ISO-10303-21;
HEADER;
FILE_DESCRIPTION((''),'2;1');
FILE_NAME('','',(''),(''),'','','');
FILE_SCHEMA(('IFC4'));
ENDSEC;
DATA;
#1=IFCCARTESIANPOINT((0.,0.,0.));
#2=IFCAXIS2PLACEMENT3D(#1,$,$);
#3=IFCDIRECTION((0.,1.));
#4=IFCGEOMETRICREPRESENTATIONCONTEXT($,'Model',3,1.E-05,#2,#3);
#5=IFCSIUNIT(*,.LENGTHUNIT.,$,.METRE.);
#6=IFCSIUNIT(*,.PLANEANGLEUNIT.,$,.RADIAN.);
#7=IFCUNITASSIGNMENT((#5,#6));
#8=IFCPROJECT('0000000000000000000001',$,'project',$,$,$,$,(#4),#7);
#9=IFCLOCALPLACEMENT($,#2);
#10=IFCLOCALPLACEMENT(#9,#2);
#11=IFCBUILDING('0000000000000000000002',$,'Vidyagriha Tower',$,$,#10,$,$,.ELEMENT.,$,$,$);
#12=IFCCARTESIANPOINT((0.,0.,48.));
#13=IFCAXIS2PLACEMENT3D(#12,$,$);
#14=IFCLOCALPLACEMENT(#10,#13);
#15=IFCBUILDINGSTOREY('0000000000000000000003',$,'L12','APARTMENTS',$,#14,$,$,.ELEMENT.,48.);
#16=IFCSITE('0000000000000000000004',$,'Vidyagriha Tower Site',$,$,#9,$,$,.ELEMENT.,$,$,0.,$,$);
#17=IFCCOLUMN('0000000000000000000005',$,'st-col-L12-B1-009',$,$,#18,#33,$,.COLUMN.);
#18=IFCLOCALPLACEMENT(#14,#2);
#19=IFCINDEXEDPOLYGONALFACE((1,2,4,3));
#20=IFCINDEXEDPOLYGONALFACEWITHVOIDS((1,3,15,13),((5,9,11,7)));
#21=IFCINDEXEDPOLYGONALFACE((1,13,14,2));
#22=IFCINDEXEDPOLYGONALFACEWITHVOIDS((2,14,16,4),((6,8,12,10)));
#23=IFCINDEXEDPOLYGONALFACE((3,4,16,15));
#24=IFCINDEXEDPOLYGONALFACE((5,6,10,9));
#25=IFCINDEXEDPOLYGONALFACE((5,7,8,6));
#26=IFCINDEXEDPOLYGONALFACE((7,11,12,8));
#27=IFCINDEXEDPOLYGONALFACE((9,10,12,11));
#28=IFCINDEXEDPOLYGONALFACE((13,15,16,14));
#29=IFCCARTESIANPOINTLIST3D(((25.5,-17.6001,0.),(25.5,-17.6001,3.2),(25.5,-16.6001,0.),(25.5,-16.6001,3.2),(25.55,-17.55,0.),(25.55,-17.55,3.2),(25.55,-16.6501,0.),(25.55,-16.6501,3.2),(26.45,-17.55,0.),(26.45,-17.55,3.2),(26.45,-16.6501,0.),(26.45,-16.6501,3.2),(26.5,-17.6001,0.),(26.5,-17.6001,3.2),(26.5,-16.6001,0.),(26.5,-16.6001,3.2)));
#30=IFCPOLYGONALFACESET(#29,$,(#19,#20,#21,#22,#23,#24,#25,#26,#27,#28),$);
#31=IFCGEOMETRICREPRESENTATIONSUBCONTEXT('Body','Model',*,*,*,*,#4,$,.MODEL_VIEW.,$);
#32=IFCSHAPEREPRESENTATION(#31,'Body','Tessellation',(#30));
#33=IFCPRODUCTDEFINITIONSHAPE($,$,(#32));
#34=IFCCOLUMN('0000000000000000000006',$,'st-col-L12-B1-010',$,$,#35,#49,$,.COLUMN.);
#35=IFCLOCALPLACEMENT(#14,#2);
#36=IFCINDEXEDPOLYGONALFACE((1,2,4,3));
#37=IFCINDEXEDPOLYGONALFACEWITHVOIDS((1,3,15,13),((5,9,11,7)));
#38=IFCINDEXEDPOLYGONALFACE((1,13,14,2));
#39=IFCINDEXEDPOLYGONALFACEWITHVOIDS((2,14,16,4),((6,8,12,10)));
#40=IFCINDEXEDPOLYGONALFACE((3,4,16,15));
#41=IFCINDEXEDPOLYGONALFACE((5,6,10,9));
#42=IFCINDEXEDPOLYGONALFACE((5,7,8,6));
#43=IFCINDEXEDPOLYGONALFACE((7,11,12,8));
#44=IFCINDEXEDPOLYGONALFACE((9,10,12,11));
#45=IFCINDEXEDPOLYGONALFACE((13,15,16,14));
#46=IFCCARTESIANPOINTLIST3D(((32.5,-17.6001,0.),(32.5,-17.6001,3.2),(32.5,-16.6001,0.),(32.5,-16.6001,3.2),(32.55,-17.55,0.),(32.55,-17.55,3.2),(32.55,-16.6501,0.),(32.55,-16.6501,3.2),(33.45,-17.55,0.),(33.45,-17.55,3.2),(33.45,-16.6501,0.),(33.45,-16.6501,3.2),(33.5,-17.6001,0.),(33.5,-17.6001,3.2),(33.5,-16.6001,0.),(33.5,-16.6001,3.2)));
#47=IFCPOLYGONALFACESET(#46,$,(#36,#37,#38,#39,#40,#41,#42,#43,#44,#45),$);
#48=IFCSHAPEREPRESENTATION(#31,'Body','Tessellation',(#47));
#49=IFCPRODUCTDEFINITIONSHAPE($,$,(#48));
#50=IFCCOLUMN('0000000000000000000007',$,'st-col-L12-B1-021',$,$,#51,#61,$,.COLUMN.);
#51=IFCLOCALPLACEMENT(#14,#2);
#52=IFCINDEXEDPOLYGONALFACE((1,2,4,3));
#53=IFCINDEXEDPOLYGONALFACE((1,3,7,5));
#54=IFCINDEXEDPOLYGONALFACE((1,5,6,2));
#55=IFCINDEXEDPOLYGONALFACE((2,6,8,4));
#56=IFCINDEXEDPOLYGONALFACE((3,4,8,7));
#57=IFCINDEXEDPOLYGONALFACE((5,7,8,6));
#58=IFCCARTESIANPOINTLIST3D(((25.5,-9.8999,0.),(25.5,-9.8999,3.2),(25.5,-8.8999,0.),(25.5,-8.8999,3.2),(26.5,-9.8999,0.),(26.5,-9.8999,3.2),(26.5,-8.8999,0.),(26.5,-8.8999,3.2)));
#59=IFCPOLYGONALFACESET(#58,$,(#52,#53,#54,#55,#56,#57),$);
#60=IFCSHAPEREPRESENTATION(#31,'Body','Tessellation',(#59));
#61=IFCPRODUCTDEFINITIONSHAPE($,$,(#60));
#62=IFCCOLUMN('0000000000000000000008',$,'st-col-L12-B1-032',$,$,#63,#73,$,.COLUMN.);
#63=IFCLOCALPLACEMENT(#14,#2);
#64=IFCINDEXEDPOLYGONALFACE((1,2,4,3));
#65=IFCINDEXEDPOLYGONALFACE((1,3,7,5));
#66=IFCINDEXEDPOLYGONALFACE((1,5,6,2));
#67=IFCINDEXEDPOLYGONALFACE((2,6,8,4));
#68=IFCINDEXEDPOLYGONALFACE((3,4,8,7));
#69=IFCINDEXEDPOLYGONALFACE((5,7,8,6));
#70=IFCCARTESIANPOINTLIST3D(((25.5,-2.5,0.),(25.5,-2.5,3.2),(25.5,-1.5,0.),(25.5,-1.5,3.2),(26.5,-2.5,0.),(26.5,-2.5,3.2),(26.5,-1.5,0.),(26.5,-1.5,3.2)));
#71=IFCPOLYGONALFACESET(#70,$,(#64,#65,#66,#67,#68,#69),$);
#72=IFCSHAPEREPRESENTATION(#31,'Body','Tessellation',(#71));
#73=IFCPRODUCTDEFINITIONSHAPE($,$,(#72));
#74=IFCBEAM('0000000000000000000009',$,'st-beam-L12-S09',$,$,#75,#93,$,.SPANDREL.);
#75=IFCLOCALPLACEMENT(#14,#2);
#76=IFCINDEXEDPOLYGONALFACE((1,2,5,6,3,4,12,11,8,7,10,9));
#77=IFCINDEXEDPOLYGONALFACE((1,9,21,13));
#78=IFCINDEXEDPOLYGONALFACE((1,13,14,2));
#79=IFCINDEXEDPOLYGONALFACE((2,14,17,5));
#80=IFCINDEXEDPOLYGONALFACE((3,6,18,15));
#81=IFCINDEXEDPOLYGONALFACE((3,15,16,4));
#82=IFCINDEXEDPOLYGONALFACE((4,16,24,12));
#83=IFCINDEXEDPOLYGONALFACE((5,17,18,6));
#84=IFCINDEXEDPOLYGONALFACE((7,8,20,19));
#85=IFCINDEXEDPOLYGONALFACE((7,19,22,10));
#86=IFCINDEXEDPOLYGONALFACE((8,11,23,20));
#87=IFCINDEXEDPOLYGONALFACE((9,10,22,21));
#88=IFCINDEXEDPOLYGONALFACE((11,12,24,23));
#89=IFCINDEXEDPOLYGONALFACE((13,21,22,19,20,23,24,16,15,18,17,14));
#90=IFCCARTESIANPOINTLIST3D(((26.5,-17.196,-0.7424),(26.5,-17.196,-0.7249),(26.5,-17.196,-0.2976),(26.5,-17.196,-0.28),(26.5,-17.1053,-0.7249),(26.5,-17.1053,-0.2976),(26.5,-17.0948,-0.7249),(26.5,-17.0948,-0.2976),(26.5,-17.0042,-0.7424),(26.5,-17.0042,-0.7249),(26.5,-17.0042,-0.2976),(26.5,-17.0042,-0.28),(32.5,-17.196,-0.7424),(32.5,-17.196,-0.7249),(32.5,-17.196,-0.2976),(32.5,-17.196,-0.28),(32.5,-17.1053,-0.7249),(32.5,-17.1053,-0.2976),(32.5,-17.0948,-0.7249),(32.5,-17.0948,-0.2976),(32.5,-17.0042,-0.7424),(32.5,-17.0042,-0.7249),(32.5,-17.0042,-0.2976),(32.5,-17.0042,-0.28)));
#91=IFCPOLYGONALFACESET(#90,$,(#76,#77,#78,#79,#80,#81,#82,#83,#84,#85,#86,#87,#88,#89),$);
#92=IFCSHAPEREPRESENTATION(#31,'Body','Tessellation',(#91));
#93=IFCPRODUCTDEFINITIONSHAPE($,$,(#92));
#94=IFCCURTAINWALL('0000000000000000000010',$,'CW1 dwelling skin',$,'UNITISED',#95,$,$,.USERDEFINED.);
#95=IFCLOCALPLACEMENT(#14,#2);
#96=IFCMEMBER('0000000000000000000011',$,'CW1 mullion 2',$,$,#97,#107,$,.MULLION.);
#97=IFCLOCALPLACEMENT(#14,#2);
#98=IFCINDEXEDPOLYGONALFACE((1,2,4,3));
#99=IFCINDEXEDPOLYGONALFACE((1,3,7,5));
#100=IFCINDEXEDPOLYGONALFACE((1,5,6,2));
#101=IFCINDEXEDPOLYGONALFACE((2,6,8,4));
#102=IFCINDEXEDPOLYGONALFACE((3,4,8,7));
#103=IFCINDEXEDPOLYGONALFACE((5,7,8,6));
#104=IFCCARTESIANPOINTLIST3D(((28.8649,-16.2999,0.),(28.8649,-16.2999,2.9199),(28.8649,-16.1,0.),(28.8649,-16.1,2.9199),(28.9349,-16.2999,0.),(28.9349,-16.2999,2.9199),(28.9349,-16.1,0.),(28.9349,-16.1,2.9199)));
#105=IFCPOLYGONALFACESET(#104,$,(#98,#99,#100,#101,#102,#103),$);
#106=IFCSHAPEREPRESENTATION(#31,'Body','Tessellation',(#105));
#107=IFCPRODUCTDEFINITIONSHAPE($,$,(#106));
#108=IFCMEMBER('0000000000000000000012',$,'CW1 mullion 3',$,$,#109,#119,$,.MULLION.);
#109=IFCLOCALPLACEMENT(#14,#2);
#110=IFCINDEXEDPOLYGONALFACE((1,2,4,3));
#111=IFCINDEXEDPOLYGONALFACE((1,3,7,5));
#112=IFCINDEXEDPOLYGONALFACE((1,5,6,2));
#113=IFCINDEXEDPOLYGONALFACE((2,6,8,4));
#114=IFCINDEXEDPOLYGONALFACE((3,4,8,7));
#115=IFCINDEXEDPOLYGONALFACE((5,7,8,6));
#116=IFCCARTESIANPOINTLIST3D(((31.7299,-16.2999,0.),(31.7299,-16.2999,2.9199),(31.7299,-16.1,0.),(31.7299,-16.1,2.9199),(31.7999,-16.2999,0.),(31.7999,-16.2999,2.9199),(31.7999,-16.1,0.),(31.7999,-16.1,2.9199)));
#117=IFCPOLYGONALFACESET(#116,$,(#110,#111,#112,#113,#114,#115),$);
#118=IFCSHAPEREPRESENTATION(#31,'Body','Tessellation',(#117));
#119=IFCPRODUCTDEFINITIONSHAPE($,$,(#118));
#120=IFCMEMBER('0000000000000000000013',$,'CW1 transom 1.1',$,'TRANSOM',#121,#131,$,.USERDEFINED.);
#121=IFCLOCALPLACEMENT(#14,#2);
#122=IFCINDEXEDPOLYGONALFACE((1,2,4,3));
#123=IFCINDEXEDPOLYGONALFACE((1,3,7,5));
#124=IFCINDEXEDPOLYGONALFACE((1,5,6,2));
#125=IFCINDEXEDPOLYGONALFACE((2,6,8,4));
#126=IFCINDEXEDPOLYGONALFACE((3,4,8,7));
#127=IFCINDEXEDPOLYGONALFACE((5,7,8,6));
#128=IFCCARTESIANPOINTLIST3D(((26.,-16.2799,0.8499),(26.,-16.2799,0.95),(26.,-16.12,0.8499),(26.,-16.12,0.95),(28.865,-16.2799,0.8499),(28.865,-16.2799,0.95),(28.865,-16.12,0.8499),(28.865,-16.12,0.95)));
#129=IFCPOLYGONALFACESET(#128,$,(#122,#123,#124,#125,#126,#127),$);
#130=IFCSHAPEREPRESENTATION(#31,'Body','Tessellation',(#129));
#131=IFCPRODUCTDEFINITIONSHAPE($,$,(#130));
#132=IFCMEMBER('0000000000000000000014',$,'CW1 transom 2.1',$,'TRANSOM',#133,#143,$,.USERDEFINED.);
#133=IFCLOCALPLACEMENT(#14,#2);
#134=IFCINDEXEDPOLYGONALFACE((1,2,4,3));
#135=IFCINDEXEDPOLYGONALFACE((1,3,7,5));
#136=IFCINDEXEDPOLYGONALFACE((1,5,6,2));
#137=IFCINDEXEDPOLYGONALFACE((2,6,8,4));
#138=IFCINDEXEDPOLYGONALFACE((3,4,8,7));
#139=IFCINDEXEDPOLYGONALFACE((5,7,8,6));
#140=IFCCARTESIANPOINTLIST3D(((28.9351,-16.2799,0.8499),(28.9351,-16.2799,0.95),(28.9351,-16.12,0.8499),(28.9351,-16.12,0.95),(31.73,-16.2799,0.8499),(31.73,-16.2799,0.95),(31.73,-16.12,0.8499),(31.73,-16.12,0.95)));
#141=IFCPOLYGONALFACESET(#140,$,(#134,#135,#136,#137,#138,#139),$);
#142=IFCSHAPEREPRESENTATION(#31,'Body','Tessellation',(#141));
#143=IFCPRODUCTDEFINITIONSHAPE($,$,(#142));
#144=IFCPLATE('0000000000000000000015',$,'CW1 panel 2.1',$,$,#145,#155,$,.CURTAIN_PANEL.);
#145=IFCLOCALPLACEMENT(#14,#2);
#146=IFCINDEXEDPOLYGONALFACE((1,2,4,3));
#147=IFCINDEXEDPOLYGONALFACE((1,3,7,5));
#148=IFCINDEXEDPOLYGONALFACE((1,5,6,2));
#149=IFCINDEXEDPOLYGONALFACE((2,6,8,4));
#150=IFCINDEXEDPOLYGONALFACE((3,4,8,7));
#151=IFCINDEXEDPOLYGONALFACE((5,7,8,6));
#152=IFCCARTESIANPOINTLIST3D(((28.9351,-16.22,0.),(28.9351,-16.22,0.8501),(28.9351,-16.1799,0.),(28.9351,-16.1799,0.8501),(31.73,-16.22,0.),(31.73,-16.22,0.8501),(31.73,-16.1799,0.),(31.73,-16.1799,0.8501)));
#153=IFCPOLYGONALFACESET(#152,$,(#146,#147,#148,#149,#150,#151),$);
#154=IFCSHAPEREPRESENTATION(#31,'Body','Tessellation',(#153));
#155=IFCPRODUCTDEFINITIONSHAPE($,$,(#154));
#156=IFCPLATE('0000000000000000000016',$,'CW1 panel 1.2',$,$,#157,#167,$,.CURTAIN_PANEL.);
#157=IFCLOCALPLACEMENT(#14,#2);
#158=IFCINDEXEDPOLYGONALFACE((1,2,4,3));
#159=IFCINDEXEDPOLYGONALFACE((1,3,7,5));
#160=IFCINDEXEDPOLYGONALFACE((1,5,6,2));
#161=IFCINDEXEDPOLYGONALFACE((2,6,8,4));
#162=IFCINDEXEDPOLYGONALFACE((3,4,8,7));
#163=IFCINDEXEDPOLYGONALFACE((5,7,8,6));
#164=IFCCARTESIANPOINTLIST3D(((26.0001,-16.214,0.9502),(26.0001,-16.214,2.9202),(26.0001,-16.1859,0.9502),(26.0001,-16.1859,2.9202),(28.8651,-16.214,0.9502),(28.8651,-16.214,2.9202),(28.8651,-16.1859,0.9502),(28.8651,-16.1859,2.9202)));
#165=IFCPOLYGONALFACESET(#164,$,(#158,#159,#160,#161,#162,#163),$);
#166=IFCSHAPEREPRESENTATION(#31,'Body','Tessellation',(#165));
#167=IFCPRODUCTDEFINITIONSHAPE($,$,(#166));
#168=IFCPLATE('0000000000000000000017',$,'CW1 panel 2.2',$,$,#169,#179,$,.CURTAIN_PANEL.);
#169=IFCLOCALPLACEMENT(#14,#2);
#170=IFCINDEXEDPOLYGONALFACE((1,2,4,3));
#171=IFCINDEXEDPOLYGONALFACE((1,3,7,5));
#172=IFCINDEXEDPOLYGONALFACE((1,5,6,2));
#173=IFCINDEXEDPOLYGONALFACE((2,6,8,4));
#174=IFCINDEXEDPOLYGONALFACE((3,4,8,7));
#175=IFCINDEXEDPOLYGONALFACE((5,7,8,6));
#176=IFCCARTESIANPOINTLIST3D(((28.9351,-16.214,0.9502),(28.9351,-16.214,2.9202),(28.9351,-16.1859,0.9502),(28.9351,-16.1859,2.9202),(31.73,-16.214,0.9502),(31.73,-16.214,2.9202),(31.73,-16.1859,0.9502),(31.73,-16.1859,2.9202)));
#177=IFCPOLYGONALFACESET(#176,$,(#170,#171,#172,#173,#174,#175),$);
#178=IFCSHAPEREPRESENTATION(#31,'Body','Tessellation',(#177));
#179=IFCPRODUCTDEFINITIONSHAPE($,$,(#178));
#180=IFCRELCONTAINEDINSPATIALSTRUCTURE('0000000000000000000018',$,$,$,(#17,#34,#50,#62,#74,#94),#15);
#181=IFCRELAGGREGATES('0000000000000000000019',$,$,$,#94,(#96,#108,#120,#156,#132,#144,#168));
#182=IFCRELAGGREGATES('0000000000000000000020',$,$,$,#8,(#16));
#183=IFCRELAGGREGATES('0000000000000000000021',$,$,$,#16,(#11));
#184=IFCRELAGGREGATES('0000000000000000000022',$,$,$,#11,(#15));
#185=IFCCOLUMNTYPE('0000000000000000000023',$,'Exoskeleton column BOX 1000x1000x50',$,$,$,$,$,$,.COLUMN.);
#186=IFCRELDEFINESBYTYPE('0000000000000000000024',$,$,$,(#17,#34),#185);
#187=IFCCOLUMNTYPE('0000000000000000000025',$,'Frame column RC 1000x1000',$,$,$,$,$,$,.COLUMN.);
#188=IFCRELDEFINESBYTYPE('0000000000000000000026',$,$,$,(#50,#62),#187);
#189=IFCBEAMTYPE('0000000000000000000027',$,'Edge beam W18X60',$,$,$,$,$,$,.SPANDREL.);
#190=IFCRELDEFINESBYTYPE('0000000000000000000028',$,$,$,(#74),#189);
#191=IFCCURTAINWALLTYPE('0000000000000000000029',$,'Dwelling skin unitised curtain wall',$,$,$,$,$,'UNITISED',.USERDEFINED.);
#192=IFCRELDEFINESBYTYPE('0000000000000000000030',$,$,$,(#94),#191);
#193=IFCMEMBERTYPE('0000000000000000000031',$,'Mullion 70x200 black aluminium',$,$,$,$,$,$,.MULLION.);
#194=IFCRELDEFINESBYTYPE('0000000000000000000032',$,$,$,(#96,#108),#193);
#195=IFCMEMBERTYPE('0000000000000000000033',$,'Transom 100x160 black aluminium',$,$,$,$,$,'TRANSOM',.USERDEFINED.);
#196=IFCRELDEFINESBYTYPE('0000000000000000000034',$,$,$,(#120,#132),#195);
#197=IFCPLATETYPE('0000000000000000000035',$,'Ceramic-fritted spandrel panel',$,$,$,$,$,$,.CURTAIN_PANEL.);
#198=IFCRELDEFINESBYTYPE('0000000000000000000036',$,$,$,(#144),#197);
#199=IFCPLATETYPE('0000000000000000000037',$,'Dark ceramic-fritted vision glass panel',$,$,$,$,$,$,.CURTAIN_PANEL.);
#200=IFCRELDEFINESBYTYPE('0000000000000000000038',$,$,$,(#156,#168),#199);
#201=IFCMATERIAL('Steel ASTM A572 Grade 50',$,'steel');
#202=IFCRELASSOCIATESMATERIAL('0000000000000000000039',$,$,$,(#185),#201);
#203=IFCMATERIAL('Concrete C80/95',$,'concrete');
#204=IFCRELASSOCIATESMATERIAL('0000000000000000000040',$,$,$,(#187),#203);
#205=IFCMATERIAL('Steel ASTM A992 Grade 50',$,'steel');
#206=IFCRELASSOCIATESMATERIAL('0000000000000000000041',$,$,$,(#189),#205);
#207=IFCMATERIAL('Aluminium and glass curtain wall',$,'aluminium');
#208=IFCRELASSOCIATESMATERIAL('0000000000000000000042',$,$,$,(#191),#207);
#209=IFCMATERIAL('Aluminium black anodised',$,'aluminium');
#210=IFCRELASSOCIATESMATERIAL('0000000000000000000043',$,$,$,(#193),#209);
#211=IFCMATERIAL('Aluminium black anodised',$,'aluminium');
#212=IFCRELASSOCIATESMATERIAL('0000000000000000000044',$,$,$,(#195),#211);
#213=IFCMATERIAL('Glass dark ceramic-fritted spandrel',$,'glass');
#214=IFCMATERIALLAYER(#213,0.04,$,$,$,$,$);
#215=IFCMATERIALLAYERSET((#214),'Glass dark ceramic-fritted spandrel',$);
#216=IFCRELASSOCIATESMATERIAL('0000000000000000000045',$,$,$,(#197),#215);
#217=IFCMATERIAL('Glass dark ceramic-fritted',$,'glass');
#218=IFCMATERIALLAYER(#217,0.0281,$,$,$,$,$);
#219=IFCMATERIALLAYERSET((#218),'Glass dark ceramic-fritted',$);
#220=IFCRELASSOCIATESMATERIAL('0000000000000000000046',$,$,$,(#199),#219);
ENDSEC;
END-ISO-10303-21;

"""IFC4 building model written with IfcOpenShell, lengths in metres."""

from ifc_helpers import new_model, si_unit, direction, frame, origin, origin_2d, place, context, subcontext, project, spatial, rectangle, hollow_rectangle, i_section, extrude, material, layer, layer_set, material_profile, profile_set, type_object, element, aggregate, save


model = new_model("IFC4")

# Units and contexts
model_context = context("Model", 3, precision=1e-05, world=origin(), true_north=direction((0.0, 1.0)))
body_context = subcontext(model_context, "Body", "Model", "MODEL_VIEW")
ifc_project = project(units=[si_unit("LENGTHUNIT", "METRE"), si_unit("PLANEANGLEUNIT", "RADIAN")], contexts=[model_context])

# Site, building, storey
site_placement = place(None, origin())
site = spatial("IfcSite", under=ifc_project, at=site_placement, Name="Vidyagriha Tower Site", CompositionType="ELEMENT", RefElevation=0.0)
building_placement = place(site_placement, origin())
building = spatial("IfcBuilding", under=site, at=building_placement, Name="Vidyagriha Tower", CompositionType="ELEMENT")
storey_placement = place(building_placement, frame((0.0, 0.0, 48.0)))
storey = spatial("IfcBuildingStorey", under=building, at=storey_placement, Name="L12", Description="APARTMENTS", CompositionType="ELEMENT", Elevation=48.0)

# Columns
ifc_material_1 = material(Name="Steel ASTM A572 Grade 50", Category="steel")
ifc_material_profile_1 = material_profile(ifc_material_1, hollow_rectangle(XDim=1.0, YDim=1.0, WallThickness=0.05, at=origin_2d()), Name="BOX 1000x1000x50")
ifc_profile_set_1 = profile_set([ifc_material_profile_1], Name="Steel ASTM A572 Grade 50")
column_type_1 = type_object("IfcColumnType", Name="Exoskeleton column BOX 1000x1000x50", PredefinedType="COLUMN", material=ifc_profile_set_1)
for number, where, name in (
    (1, (26.0, -17.1001, 0.0), "st-col-L12-B1-009"),
    (2, (33.0, -17.1001, 0.0), "st-col-L12-B1-010"),
):
    element("IfcColumn", number, at=place(storey_placement, frame(where)), inside=storey, type_object=column_type_1, Name=name, PredefinedType="COLUMN", context=body_context, shape_type="SweptSolid", body=[
        extrude(hollow_rectangle(XDim=1.0, YDim=1.0, WallThickness=0.05, at=origin_2d()), origin(), (0.0, 0.0, 1.0), 3.2),
    ])
ifc_material_2 = material(Name="Concrete C80/95", Category="concrete")
ifc_material_profile_2 = material_profile(ifc_material_2, rectangle(XDim=1.0, YDim=1.0, at=origin_2d()), Name="RC 1000x1000")
ifc_profile_set_2 = profile_set([ifc_material_profile_2], Name="Concrete C80/95")
column_type_2 = type_object("IfcColumnType", Name="Frame column RC 1000x1000", PredefinedType="COLUMN", material=ifc_profile_set_2)
for number, where, name in (
    (3, (26.0, -9.3999, 0.0), "st-col-L12-B1-021"),
    (4, (26.0, -2.0, 0.0), "st-col-L12-B1-032"),
):
    element("IfcColumn", number, at=place(storey_placement, frame(where)), inside=storey, type_object=column_type_2, Name=name, PredefinedType="COLUMN", context=body_context, shape_type="SweptSolid", body=[
        extrude(rectangle(XDim=1.0, YDim=1.0, at=origin_2d()), origin(), (0.0, 0.0, 1.0), 3.2),
    ])

# Beam
ifc_material_3 = material(Name="Steel ASTM A992 Grade 50", Category="steel")
ifc_material_profile_3 = material_profile(ifc_material_3, i_section(OverallWidth=0.1919, OverallDepth=0.4624, WebThickness=0.0105, FlangeThickness=0.0176, at=origin_2d()), Name="W18X60")
ifc_profile_set_3 = profile_set([ifc_material_profile_3], Name="Steel ASTM A992 Grade 50")
beam_type = type_object("IfcBeamType", Name="Edge beam W18X60", PredefinedType="SPANDREL", material=ifc_profile_set_3)
beam_placement = place(storey_placement, frame((26.5, -17.1001, -0.5112), z_axis=(1.0, 0.0, 0.0), x_axis=(0.0, 1.0, 0.0)))
element("IfcBeam", 5, at=beam_placement, inside=storey, type_object=beam_type, Name="st-beam-L12-S09", PredefinedType="SPANDREL", context=body_context, shape_type="SweptSolid", body=[
    extrude(i_section(OverallWidth=0.1919, OverallDepth=0.4624, WebThickness=0.0105, FlangeThickness=0.0176, at=origin_2d()), origin(), (0.0, 0.0, 1.0), 6.0),
])

# Curtain wall, members, plates
ifc_material_4 = material(Name="Aluminium and glass curtain wall", Category="aluminium")
curtain_wall_type = type_object("IfcCurtainWallType", Name="Dwelling skin unitised curtain wall", ElementType="UNITISED", PredefinedType="USERDEFINED", material=ifc_material_4)
curtain_wall_placement = place(storey_placement, origin())
curtain_wall = element("IfcCurtainWall", 6, at=curtain_wall_placement, inside=storey, type_object=curtain_wall_type, Name="CW1 dwelling skin", ObjectType="UNITISED", PredefinedType="USERDEFINED")
ifc_material_5 = material(Name="Aluminium black anodised", Category="aluminium")
ifc_material_profile_4 = material_profile(ifc_material_5, rectangle(XDim=0.2, YDim=0.0701, at=origin_2d()), Name="Mullion 70x200 black aluminium")
ifc_profile_set_4 = profile_set([ifc_material_profile_4], Name="Aluminium black anodised")
member_type_1 = type_object("IfcMemberType", Name="Mullion 70x200 black aluminium", PredefinedType="MULLION", material=ifc_profile_set_4)
member_1_placement = place(storey_placement, frame((28.8999, -16.2, 0.0), z_axis=(0.0, 0.0, 1.0), x_axis=(0.0, 1.0, 0.0)))
member_1 = element("IfcMember", 7, at=member_1_placement, type_object=member_type_1, Name="CW1 mullion 2", PredefinedType="MULLION", context=body_context, shape_type="SweptSolid", body=[
    extrude(rectangle(XDim=0.2, YDim=0.0701, at=origin_2d()), origin(), (0.0, 0.0, 1.0), 2.9199),
])
member_2_placement = place(storey_placement, frame((31.7649, -16.2, 0.0), z_axis=(0.0, 0.0, 1.0), x_axis=(0.0, 1.0, 0.0)))
member_2 = element("IfcMember", 8, at=member_2_placement, type_object=member_type_1, Name="CW1 mullion 3", PredefinedType="MULLION", context=body_context, shape_type="SweptSolid", body=[
    extrude(rectangle(XDim=0.2, YDim=0.0701, at=origin_2d()), origin(), (0.0, 0.0, 1.0), 2.9199),
])
ifc_material_6 = material(Name="Aluminium black anodised", Category="aluminium")
ifc_material_profile_5 = material_profile(ifc_material_6, rectangle(XDim=0.1599, YDim=0.1001, at=origin_2d()), Name="Transom 100x160 black aluminium")
ifc_profile_set_5 = profile_set([ifc_material_profile_5], Name="Aluminium black anodised")
member_type_2 = type_object("IfcMemberType", Name="Transom 100x160 black aluminium", ElementType="TRANSOM", PredefinedType="USERDEFINED", material=ifc_profile_set_5)
member_3_placement = place(storey_placement, frame((26.0, -16.2, 0.8999), z_axis=(1.0, 0.0, 0.0), x_axis=(0.0, 1.0, 0.0)))
member_3 = element("IfcMember", 9, at=member_3_placement, type_object=member_type_2, Name="CW1 transom 1.1", ObjectType="TRANSOM", PredefinedType="USERDEFINED", context=body_context, shape_type="SweptSolid", body=[
    extrude(rectangle(XDim=0.1599, YDim=0.1001, at=origin_2d()), origin(), (0.0, 0.0, 1.0), 2.865),
])
member_4_placement = place(storey_placement, frame((28.9351, -16.2, 0.8999), z_axis=(1.0, 0.0, 0.0), x_axis=(0.0, 1.0, 0.0)))
member_4 = element("IfcMember", 10, at=member_4_placement, type_object=member_type_2, Name="CW1 transom 2.1", ObjectType="TRANSOM", PredefinedType="USERDEFINED", context=body_context, shape_type="SweptSolid", body=[
    extrude(rectangle(XDim=0.1599, YDim=0.1001, at=origin_2d()), origin(), (0.0, 0.0, 1.0), 2.7949),
])
ifc_material_7 = material(Name="Glass dark ceramic-fritted spandrel", Category="glass")
ifc_layer_1 = layer(ifc_material_7, 0.04)
ifc_layer_set_1 = layer_set([ifc_layer_1], Name="Glass dark ceramic-fritted spandrel")
plate_type_1 = type_object("IfcPlateType", Name="Ceramic-fritted spandrel panel", PredefinedType="CURTAIN_PANEL", material=ifc_layer_set_1)
plate_1_placement = place(storey_placement, frame((30.3325, -16.2, 0.0)))
plate_1 = element("IfcPlate", 11, at=plate_1_placement, type_object=plate_type_1, Name="CW1 panel 2.1", PredefinedType="CURTAIN_PANEL", context=body_context, shape_type="SweptSolid", body=[
    extrude(rectangle(XDim=2.7949, YDim=0.04, at=origin_2d()), origin(), (0.0, 0.0, 1.0), 0.8501),
])
ifc_material_8 = material(Name="Glass dark ceramic-fritted", Category="glass")
ifc_layer_2 = layer(ifc_material_8, 0.0281)
ifc_layer_set_2 = layer_set([ifc_layer_2], Name="Glass dark ceramic-fritted")
plate_type_2 = type_object("IfcPlateType", Name="Dark ceramic-fritted vision glass panel", PredefinedType="CURTAIN_PANEL", material=ifc_layer_set_2)
plate_2_placement = place(storey_placement, frame((27.4326, -16.2, 0.9502)))
plate_2 = element("IfcPlate", 12, at=plate_2_placement, type_object=plate_type_2, Name="CW1 panel 1.2", PredefinedType="CURTAIN_PANEL", context=body_context, shape_type="SweptSolid", body=[
    extrude(rectangle(XDim=2.865, YDim=0.0281, at=origin_2d()), origin(), (0.0, 0.0, 1.0), 1.97),
])
plate_3_placement = place(storey_placement, frame((30.3325, -16.2, 0.9502)))
plate_3 = element("IfcPlate", 13, at=plate_3_placement, type_object=plate_type_2, Name="CW1 panel 2.2", PredefinedType="CURTAIN_PANEL", context=body_context, shape_type="SweptSolid", body=[
    extrude(rectangle(XDim=2.7949, YDim=0.0281, at=origin_2d()), origin(), (0.0, 0.0, 1.0), 1.97),
])
aggregate(curtain_wall, [member_1, member_2, member_3, plate_2, member_4, plate_1, plate_3])

save(model, "model.ifc")
